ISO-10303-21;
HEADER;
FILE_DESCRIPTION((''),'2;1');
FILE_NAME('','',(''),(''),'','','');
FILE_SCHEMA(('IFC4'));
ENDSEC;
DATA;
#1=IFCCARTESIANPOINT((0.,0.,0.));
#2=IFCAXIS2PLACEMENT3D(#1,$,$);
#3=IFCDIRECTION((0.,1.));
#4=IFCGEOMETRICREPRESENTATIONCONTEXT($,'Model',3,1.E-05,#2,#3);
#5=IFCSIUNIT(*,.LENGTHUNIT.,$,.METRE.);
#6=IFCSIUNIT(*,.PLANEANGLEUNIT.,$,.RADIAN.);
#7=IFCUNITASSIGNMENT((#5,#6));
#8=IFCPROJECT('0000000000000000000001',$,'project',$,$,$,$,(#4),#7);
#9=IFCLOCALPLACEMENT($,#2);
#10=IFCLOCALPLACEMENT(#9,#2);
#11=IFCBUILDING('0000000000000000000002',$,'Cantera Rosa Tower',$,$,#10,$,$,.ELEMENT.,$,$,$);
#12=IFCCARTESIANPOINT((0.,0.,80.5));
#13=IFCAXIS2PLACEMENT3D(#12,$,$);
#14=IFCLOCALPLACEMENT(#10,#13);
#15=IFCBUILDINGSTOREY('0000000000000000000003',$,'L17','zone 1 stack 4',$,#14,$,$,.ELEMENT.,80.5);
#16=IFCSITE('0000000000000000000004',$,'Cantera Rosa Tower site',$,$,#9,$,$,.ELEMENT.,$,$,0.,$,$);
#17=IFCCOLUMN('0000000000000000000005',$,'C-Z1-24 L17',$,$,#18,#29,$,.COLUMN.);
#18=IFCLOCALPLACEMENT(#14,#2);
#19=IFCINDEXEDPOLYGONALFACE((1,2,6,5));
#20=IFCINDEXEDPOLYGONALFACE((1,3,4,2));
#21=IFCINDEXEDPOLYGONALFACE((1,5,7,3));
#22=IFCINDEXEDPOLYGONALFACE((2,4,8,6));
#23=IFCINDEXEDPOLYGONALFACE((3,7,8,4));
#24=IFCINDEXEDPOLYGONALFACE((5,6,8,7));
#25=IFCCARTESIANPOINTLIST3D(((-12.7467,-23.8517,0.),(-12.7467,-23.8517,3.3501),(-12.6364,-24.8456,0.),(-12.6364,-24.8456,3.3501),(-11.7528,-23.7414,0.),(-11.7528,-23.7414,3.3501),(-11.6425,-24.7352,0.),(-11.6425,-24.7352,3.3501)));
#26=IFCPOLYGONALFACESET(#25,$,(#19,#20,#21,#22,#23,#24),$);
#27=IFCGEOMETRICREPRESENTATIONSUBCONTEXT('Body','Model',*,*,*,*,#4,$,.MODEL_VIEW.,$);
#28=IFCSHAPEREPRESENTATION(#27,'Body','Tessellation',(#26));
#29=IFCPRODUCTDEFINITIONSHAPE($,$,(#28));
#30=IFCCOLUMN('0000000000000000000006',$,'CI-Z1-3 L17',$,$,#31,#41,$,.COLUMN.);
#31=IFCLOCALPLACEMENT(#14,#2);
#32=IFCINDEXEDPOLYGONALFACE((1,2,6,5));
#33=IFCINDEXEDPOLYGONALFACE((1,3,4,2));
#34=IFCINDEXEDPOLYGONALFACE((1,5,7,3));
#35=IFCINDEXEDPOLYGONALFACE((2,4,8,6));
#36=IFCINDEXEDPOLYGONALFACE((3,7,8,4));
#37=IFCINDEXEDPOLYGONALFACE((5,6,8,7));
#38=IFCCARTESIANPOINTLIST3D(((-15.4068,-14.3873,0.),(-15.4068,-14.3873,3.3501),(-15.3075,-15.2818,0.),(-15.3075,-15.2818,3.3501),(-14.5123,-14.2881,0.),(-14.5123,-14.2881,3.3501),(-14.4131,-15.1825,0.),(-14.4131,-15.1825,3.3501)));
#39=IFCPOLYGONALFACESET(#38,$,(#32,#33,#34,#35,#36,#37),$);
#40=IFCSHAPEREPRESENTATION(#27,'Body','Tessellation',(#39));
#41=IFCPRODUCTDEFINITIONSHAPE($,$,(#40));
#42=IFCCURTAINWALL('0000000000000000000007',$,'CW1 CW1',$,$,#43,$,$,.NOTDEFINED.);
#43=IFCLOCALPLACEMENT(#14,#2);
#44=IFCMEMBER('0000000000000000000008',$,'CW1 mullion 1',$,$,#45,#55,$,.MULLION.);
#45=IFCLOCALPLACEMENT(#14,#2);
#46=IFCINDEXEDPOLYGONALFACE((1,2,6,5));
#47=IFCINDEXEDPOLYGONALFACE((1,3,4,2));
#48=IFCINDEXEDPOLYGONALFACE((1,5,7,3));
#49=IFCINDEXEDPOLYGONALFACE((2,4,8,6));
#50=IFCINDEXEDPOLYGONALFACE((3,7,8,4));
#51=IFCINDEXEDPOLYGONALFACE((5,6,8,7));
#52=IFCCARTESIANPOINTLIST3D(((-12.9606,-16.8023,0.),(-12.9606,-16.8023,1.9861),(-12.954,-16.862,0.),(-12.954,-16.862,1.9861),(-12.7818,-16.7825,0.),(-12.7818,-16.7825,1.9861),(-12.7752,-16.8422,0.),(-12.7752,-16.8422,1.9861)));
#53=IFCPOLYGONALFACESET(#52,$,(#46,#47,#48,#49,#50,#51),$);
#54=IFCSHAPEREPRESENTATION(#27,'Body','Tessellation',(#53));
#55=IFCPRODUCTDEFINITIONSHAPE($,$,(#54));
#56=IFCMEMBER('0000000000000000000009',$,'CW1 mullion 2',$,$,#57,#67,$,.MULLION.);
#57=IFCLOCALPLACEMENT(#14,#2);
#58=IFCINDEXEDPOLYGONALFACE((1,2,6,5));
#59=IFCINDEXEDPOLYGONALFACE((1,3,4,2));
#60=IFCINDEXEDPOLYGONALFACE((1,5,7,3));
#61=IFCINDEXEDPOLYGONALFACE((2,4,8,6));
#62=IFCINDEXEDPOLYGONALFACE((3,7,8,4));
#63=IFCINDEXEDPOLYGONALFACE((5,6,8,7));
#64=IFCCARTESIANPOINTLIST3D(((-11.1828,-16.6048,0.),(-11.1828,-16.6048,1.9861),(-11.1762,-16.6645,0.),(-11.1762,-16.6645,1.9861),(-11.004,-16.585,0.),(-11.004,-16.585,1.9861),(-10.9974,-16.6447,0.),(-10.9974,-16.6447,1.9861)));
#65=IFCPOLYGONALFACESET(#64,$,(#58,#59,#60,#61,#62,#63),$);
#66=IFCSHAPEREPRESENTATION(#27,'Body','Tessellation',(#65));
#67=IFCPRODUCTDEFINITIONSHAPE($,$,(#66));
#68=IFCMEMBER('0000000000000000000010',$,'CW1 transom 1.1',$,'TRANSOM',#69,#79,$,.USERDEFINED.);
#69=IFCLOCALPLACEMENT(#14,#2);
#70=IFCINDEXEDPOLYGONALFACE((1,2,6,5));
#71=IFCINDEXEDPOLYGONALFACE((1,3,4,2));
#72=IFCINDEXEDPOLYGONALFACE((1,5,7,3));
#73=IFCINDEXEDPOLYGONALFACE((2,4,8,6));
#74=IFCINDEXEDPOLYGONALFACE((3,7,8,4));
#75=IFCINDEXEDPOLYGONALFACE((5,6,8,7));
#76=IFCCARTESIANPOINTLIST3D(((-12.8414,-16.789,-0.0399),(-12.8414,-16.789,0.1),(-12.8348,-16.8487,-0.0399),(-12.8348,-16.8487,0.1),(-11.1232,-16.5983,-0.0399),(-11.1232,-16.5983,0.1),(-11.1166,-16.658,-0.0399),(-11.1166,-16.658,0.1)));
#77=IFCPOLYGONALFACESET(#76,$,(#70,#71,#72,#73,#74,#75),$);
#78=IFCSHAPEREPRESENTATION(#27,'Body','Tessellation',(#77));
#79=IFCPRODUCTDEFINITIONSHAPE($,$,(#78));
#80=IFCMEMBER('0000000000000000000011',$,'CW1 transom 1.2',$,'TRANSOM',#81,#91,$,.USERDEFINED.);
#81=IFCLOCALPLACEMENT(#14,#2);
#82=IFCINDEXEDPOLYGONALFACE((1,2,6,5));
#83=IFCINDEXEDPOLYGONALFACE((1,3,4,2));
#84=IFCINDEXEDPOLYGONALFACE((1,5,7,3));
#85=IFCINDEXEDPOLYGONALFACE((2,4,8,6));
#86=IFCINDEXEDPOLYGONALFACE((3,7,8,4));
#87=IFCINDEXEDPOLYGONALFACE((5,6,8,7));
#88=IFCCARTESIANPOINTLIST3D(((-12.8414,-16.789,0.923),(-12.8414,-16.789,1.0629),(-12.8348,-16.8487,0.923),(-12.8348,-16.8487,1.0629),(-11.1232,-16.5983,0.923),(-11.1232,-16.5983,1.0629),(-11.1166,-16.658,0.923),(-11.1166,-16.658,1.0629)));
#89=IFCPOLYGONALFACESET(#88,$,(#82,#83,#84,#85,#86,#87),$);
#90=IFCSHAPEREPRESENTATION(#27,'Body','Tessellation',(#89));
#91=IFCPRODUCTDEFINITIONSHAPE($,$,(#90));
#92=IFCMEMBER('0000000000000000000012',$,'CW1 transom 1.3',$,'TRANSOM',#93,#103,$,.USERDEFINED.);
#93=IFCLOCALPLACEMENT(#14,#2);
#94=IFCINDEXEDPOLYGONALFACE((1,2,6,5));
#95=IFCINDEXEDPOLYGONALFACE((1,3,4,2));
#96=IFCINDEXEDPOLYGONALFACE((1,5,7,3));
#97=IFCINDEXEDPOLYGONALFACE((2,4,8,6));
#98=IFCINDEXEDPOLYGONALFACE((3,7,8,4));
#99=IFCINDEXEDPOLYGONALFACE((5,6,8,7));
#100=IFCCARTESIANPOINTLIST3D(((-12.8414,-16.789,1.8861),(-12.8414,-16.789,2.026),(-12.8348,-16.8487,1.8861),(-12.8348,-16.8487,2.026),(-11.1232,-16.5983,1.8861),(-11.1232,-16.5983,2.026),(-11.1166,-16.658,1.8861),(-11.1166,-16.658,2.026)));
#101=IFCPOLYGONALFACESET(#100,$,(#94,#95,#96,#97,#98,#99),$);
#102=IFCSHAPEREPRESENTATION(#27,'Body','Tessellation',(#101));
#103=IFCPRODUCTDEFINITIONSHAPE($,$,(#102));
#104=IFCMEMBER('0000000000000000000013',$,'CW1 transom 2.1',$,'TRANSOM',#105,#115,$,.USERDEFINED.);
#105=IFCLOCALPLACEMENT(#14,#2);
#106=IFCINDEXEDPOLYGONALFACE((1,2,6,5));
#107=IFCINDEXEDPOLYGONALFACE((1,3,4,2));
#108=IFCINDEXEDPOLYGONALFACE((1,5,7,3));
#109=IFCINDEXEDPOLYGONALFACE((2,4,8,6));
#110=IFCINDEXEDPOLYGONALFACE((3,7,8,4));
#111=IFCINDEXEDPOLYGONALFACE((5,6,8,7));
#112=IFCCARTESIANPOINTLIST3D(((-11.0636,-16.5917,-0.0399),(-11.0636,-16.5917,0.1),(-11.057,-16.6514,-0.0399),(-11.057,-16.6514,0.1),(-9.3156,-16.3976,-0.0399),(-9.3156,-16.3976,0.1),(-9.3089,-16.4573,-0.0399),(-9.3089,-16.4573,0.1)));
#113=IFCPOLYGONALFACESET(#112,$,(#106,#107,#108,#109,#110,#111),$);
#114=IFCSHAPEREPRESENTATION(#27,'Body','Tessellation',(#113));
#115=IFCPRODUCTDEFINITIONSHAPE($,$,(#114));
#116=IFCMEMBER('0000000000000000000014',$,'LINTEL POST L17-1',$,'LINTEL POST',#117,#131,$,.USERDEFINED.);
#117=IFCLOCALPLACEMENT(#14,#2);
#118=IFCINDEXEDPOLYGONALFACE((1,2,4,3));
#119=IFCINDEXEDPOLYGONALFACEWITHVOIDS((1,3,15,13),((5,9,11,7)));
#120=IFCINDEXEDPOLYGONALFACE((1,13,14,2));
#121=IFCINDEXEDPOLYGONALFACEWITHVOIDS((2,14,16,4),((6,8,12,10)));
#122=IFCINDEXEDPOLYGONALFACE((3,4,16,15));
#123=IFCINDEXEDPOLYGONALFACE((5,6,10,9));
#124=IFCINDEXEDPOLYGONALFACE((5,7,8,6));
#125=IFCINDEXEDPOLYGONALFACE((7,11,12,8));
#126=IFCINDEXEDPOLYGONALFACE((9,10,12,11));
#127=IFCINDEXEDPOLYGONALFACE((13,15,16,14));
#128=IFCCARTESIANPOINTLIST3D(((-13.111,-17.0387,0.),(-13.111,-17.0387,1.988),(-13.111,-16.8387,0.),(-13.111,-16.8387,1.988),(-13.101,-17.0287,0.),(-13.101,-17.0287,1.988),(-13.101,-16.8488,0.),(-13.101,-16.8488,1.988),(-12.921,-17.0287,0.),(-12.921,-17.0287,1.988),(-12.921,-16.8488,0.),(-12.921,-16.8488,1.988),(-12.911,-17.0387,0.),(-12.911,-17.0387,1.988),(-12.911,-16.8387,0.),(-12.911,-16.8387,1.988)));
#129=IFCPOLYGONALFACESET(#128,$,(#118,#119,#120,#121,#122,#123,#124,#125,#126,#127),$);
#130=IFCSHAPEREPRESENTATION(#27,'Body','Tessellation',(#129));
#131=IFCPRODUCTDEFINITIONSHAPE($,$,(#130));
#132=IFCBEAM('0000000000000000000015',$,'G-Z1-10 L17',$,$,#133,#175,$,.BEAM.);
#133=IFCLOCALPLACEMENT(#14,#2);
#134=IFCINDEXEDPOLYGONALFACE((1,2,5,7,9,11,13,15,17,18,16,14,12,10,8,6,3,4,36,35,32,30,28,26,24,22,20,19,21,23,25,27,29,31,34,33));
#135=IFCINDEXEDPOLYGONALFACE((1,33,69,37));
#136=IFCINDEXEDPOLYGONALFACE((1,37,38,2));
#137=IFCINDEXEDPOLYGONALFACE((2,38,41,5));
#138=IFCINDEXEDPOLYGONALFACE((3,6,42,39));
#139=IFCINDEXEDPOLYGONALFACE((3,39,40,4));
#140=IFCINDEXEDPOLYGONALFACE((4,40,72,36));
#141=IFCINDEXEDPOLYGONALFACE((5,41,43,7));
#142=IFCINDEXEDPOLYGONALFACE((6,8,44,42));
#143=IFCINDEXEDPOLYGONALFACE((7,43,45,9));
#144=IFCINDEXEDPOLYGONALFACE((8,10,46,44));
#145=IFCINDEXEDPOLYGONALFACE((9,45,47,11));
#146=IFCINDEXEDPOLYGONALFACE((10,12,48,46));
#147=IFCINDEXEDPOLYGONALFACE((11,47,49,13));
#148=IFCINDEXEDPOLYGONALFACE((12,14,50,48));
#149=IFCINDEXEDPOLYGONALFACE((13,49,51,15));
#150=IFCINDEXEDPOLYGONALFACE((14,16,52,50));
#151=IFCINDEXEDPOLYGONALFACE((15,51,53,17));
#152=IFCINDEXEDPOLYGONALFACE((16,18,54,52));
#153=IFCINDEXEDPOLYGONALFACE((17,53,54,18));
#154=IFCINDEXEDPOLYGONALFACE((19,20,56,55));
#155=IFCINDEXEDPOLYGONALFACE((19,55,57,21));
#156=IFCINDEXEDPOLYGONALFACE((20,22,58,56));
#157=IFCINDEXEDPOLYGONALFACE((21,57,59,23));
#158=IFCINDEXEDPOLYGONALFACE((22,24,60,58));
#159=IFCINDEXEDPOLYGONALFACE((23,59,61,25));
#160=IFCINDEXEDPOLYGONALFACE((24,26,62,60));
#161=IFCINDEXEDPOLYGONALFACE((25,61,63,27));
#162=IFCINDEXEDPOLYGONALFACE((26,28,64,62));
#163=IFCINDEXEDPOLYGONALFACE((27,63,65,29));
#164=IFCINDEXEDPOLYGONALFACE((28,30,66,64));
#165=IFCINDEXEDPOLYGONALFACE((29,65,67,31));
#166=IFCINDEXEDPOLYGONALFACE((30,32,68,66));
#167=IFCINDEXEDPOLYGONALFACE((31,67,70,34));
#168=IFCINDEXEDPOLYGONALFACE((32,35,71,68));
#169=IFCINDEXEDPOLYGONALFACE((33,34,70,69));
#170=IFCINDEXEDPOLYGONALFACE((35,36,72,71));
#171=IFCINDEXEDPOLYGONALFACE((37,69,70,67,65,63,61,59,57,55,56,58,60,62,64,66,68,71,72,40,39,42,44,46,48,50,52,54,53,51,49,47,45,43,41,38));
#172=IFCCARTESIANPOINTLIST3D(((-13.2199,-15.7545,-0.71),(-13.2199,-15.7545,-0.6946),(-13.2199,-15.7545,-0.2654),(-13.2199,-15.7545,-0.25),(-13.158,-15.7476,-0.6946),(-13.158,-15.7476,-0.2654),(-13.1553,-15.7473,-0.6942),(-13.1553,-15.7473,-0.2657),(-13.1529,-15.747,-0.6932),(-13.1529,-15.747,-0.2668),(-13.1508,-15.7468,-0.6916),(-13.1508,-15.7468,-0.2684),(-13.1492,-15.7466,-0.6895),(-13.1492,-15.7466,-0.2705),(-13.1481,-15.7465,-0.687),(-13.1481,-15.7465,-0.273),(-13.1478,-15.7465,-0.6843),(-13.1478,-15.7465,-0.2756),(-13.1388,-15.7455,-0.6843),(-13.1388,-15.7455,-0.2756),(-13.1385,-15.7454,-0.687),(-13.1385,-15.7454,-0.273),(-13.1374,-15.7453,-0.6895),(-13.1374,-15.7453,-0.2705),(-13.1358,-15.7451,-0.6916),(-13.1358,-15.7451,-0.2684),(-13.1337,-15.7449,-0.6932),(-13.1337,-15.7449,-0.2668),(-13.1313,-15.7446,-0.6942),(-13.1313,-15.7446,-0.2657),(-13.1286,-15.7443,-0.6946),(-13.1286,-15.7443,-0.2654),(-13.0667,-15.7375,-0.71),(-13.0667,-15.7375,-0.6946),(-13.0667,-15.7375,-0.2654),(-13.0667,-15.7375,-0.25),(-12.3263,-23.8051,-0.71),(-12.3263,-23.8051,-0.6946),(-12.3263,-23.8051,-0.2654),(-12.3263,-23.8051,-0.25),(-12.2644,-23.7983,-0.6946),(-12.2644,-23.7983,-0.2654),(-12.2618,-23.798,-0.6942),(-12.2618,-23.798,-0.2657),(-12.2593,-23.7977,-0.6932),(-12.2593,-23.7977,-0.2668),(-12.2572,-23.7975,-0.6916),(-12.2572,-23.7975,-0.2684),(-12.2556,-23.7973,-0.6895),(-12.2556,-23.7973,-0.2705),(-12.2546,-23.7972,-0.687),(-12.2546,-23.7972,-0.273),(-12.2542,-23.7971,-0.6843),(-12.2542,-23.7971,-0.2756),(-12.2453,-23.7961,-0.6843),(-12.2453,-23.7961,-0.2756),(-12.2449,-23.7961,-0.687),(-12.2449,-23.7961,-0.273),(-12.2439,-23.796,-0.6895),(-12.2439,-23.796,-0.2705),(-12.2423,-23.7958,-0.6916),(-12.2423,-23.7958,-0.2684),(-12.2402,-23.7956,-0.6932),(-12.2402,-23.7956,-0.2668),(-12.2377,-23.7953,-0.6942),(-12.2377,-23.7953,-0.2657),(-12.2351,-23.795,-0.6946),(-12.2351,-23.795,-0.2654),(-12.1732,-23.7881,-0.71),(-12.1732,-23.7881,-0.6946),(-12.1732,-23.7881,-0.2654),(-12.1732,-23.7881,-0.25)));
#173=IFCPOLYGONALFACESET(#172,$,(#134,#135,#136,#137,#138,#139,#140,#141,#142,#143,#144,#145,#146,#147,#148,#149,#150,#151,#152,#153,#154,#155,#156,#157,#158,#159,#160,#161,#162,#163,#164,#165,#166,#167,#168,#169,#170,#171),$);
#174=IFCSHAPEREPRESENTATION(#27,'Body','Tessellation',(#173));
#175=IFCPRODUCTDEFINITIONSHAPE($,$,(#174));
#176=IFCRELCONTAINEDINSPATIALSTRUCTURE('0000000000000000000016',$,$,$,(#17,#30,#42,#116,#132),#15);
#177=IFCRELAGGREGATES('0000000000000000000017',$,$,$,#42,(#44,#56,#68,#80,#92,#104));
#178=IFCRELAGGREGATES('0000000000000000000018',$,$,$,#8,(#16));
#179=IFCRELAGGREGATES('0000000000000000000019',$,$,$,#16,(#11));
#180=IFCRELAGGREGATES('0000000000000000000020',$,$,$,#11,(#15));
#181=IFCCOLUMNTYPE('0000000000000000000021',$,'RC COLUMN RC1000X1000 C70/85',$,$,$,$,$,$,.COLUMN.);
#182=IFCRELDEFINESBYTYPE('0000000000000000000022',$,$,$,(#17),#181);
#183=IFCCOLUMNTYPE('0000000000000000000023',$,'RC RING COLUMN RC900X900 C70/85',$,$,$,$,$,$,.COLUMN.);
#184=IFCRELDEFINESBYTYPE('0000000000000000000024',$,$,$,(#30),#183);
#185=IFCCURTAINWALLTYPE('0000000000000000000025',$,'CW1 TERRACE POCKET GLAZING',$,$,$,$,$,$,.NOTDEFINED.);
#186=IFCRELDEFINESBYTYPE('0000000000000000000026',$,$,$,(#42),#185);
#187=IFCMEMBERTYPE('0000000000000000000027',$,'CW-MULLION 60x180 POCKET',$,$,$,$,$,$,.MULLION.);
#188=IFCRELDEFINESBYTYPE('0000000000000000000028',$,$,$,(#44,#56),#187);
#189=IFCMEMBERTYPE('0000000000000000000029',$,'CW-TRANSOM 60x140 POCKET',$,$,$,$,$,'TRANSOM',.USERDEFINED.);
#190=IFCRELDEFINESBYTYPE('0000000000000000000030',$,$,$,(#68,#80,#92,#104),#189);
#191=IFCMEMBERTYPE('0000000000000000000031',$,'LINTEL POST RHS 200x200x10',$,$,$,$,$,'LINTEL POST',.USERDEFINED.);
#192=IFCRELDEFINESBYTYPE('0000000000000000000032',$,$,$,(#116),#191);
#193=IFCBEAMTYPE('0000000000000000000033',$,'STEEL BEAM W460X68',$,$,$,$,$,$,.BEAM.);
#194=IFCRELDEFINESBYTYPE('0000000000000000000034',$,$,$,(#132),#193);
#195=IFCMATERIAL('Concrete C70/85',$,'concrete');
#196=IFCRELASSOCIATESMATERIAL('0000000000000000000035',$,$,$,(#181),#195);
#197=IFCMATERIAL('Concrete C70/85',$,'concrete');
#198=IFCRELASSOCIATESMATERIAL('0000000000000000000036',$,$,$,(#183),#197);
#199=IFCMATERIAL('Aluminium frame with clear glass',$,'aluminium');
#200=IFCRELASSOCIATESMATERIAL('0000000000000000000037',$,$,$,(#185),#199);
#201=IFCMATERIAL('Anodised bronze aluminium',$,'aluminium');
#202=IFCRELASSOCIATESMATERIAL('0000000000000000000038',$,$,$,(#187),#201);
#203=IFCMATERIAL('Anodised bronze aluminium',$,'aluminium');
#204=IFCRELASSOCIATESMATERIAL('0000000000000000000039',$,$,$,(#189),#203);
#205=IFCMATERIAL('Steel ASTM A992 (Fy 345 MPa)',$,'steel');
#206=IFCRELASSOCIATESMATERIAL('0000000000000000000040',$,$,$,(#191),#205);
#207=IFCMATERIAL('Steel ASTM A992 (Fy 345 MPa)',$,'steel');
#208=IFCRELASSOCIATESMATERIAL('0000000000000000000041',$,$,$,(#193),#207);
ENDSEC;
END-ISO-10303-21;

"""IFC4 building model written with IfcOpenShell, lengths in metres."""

from ifc_helpers import new_model, si_unit, direction, frame, origin, origin_2d, place, context, subcontext, project, spatial, rectangle, hollow_rectangle, i_section, extrude, material, material_profile, profile_set, type_object, element, aggregate, save


model = new_model("IFC4")

# Units and contexts
model_context = context("Model", 3, precision=1e-05, world=origin(), true_north=direction((0.0, 1.0)))
body_context = subcontext(model_context, "Body", "Model", "MODEL_VIEW")
ifc_project = project(units=[si_unit("LENGTHUNIT", "METRE"), si_unit("PLANEANGLEUNIT", "RADIAN")], contexts=[model_context])

# Site, building, storey
site_placement = place(None, origin())
site = spatial("IfcSite", under=ifc_project, at=site_placement, Name="Cantera Rosa Tower site", CompositionType="ELEMENT", RefElevation=0.0)
building_placement = place(site_placement, origin())
building = spatial("IfcBuilding", under=site, at=building_placement, Name="Cantera Rosa Tower", CompositionType="ELEMENT")
storey_placement = place(building_placement, frame((0.0, 0.0, 80.5)))
storey = spatial("IfcBuildingStorey", under=building, at=storey_placement, Name="L17", Description="zone 1 stack 4", CompositionType="ELEMENT", Elevation=80.5)

# Columns
ifc_material_1 = material(Name="Concrete C70/85", Category="concrete")
ifc_material_profile_1 = material_profile(ifc_material_1, rectangle(XDim=1.0, YDim=1.0, at=origin_2d()), Name="RC COLUMN RC1000X1000 C70/85")
ifc_profile_set_1 = profile_set([ifc_material_profile_1], Name="Concrete C70/85")
column_type_1 = type_object("IfcColumnType", Name="RC COLUMN RC1000X1000 C70/85", PredefinedType="COLUMN", material=ifc_profile_set_1)
column_1_placement = place(storey_placement, frame((-12.1946, -24.2935, 0.0), z_axis=(0.0, 0.0, 1.0), x_axis=(0.993897, 0.110313, 0.0)))
element("IfcColumn", 1, at=column_1_placement, inside=storey, type_object=column_type_1, Name="C-Z1-24 L17", PredefinedType="COLUMN", context=body_context, shape_type="SweptSolid", body=[
    extrude(rectangle(XDim=1.0, YDim=1.0, at=origin_2d()), origin(), (0.0, 0.0, 1.0), 3.3501),
])
ifc_material_2 = material(Name="Concrete C70/85", Category="concrete")
ifc_material_profile_2 = material_profile(ifc_material_2, rectangle(XDim=0.8999, YDim=0.8999, at=origin_2d()), Name="RC RING COLUMN RC900X900 C70/85")
ifc_profile_set_2 = profile_set([ifc_material_profile_2], Name="Concrete C70/85")
column_type_2 = type_object("IfcColumnType", Name="RC RING COLUMN RC900X900 C70/85", PredefinedType="COLUMN", material=ifc_profile_set_2)
column_2_placement = place(storey_placement, frame((-14.9099, -14.7849, 0.0), z_axis=(0.0, 0.0, 1.0), x_axis=(0.993897, 0.110313, 0.0)))
element("IfcColumn", 2, at=column_2_placement, inside=storey, type_object=column_type_2, Name="CI-Z1-3 L17", PredefinedType="COLUMN", context=body_context, shape_type="SweptSolid", body=[
    extrude(rectangle(XDim=0.8999, YDim=0.8999, at=origin_2d()), origin(), (0.0, 0.0, 1.0), 3.3501),
])

# Curtain wall, members
ifc_material_3 = material(Name="Aluminium frame with clear glass", Category="aluminium")
curtain_wall_type = type_object("IfcCurtainWallType", Name="CW1 TERRACE POCKET GLAZING", PredefinedType="NOTDEFINED", material=ifc_material_3)
curtain_wall_placement = place(storey_placement, origin())
curtain_wall = element("IfcCurtainWall", 3, at=curtain_wall_placement, inside=storey, type_object=curtain_wall_type, Name="CW1 CW1", PredefinedType="NOTDEFINED")
ifc_material_4 = material(Name="Anodised bronze aluminium", Category="aluminium")
ifc_material_profile_3 = material_profile(ifc_material_4, rectangle(XDim=0.0601, YDim=0.1799, at=origin_2d()), Name="CW-MULLION 60x180 POCKET")
ifc_profile_set_3 = profile_set([ifc_material_profile_3], Name="Anodised bronze aluminium")
member_type_1 = type_object("IfcMemberType", Name="CW-MULLION 60x180 POCKET", PredefinedType="MULLION", material=ifc_profile_set_3)
member_1_placement = place(storey_placement, frame((-12.8679, -16.8223, 0.0), z_axis=(0.0, 0.0, 1.0), x_axis=(-0.110313, 0.993897, 0.0)))
member_1 = element("IfcMember", 4, at=member_1_placement, type_object=member_type_1, Name="CW1 mullion 1", PredefinedType="MULLION", context=body_context, shape_type="SweptSolid", body=[
    extrude(rectangle(XDim=0.0601, YDim=0.1799, at=origin_2d()), origin(), (0.0, 0.0, 1.0), 1.9861),
])
member_2_placement = place(storey_placement, frame((-11.0901, -16.6248, 0.0), z_axis=(0.0, 0.0, 1.0), x_axis=(-0.110313, 0.993897, 0.0)))
member_2 = element("IfcMember", 5, at=member_2_placement, type_object=member_type_1, Name="CW1 mullion 2", PredefinedType="MULLION", context=body_context, shape_type="SweptSolid", body=[
    extrude(rectangle(XDim=0.0601, YDim=0.1799, at=origin_2d()), origin(), (0.0, 0.0, 1.0), 1.9861),
])
ifc_material_5 = material(Name="Anodised bronze aluminium", Category="aluminium")
ifc_material_profile_4 = material_profile(ifc_material_5, rectangle(XDim=0.0601, YDim=0.1399, at=origin_2d()), Name="CW-TRANSOM 60x140 POCKET")
ifc_profile_set_4 = profile_set([ifc_material_profile_4], Name="Anodised bronze aluminium")
member_type_2 = type_object("IfcMemberType", Name="CW-TRANSOM 60x140 POCKET", ElementType="TRANSOM", PredefinedType="USERDEFINED", material=ifc_profile_set_4)
member_3_placement = place(storey_placement, frame((-12.8381, -16.8188, 0.03), z_axis=(0.993899, 0.110292, 0.0), x_axis=(-0.110292, 0.993899, 0.0)))
member_3 = element("IfcMember", 6, at=member_3_placement, type_object=member_type_2, Name="CW1 transom 1.1", ObjectType="TRANSOM", PredefinedType="USERDEFINED", context=body_context, shape_type="SweptSolid", body=[
    extrude(rectangle(XDim=0.0601, YDim=0.1399, at=origin_2d()), origin(), (0.0, 0.0, 1.0), 1.7288),
])
member_4_placement = place(storey_placement, frame((-12.8381, -16.8188, 0.9929), z_axis=(0.993899, 0.110292, 0.0), x_axis=(-0.110292, 0.993899, 0.0)))
member_4 = element("IfcMember", 7, at=member_4_placement, type_object=member_type_2, Name="CW1 transom 1.2", ObjectType="TRANSOM", PredefinedType="USERDEFINED", context=body_context, shape_type="SweptSolid", body=[
    extrude(rectangle(XDim=0.0601, YDim=0.1399, at=origin_2d()), origin(), (0.0, 0.0, 1.0), 1.7288),
])
member_5_placement = place(storey_placement, frame((-12.8381, -16.8188, 1.9561), z_axis=(0.993899, 0.110292, 0.0), x_axis=(-0.110292, 0.993899, 0.0)))
member_5 = element("IfcMember", 8, at=member_5_placement, type_object=member_type_2, Name="CW1 transom 1.3", ObjectType="TRANSOM", PredefinedType="USERDEFINED", context=body_context, shape_type="SweptSolid", body=[
    extrude(rectangle(XDim=0.0601, YDim=0.1399, at=origin_2d()), origin(), (0.0, 0.0, 1.0), 1.7288),
])
member_6_placement = place(storey_placement, frame((-11.0603, -16.6216, 0.03), z_axis=(0.993892, 0.110355, 0.0), x_axis=(-0.110355, 0.993892, 0.0)))
member_6 = element("IfcMember", 9, at=member_6_placement, type_object=member_type_2, Name="CW1 transom 2.1", ObjectType="TRANSOM", PredefinedType="USERDEFINED", context=body_context, shape_type="SweptSolid", body=[
    extrude(rectangle(XDim=0.0601, YDim=0.1399, at=origin_2d()), origin(), (0.0, 0.0, 1.0), 1.7588),
])

# Member
ifc_material_6 = material(Name="Steel ASTM A992 (Fy 345 MPa)", Category="steel")
ifc_material_profile_5 = material_profile(ifc_material_6, hollow_rectangle(XDim=0.2, YDim=0.2, WallThickness=0.01, at=origin_2d()), Name="LINTEL POST RHS 200x200x10")
ifc_profile_set_5 = profile_set([ifc_material_profile_5], Name="Steel ASTM A992 (Fy 345 MPa)")
member_type_3 = type_object("IfcMemberType", Name="LINTEL POST RHS 200x200x10", ElementType="LINTEL POST", PredefinedType="USERDEFINED", material=ifc_profile_set_5)
member_7_placement = place(storey_placement, frame((-13.011, -16.9387, 0.0), z_axis=(0.0, 0.0, 1.0), x_axis=(1.0, 0.0, 0.0)))
element("IfcMember", 10, at=member_7_placement, inside=storey, type_object=member_type_3, Name="LINTEL POST L17-1", ObjectType="LINTEL POST", PredefinedType="USERDEFINED", context=body_context, shape_type="SweptSolid", body=[
    extrude(hollow_rectangle(XDim=0.2, YDim=0.2, WallThickness=0.01, at=origin_2d()), origin(), (0.0, 0.0, 1.0), 1.988),
])

# Beam
ifc_material_7 = material(Name="Steel ASTM A992 (Fy 345 MPa)", Category="steel")
ifc_material_profile_6 = material_profile(ifc_material_7, i_section(OverallWidth=0.1541, OverallDepth=0.46, WebThickness=0.009, FlangeThickness=0.0154, FilletRadius=0.0103, at=origin_2d()), Name="W460X68")
ifc_profile_set_6 = profile_set([ifc_material_profile_6], Name="Steel ASTM A992 (Fy 345 MPa)")
beam_type_1 = type_object("IfcBeamType", Name="STEEL BEAM W460X68", PredefinedType="BEAM", material=ifc_profile_set_6)
beam_1_placement = place(storey_placement, frame((-12.2498, -23.7966, -0.48), z_axis=(-0.110312, 0.993897, 0.0), x_axis=(-0.993897, -0.110312, 0.0)))
element("IfcBeam", 11, at=beam_1_placement, inside=storey, type_object=beam_type_1, Name="G-Z1-10 L17", PredefinedType="BEAM", context=body_context, shape_type="SweptSolid", body=[
    extrude(i_section(OverallWidth=0.1541, OverallDepth=0.46, WebThickness=0.009, FlangeThickness=0.0154, FilletRadius=0.0103, at=origin_2d()), origin(), (0.0, 0.0, 1.0), 8.1001),
])

aggregate(curtain_wall, [member_1, member_2, member_3, member_4, member_5, member_6])

save(model, "model.ifc")
